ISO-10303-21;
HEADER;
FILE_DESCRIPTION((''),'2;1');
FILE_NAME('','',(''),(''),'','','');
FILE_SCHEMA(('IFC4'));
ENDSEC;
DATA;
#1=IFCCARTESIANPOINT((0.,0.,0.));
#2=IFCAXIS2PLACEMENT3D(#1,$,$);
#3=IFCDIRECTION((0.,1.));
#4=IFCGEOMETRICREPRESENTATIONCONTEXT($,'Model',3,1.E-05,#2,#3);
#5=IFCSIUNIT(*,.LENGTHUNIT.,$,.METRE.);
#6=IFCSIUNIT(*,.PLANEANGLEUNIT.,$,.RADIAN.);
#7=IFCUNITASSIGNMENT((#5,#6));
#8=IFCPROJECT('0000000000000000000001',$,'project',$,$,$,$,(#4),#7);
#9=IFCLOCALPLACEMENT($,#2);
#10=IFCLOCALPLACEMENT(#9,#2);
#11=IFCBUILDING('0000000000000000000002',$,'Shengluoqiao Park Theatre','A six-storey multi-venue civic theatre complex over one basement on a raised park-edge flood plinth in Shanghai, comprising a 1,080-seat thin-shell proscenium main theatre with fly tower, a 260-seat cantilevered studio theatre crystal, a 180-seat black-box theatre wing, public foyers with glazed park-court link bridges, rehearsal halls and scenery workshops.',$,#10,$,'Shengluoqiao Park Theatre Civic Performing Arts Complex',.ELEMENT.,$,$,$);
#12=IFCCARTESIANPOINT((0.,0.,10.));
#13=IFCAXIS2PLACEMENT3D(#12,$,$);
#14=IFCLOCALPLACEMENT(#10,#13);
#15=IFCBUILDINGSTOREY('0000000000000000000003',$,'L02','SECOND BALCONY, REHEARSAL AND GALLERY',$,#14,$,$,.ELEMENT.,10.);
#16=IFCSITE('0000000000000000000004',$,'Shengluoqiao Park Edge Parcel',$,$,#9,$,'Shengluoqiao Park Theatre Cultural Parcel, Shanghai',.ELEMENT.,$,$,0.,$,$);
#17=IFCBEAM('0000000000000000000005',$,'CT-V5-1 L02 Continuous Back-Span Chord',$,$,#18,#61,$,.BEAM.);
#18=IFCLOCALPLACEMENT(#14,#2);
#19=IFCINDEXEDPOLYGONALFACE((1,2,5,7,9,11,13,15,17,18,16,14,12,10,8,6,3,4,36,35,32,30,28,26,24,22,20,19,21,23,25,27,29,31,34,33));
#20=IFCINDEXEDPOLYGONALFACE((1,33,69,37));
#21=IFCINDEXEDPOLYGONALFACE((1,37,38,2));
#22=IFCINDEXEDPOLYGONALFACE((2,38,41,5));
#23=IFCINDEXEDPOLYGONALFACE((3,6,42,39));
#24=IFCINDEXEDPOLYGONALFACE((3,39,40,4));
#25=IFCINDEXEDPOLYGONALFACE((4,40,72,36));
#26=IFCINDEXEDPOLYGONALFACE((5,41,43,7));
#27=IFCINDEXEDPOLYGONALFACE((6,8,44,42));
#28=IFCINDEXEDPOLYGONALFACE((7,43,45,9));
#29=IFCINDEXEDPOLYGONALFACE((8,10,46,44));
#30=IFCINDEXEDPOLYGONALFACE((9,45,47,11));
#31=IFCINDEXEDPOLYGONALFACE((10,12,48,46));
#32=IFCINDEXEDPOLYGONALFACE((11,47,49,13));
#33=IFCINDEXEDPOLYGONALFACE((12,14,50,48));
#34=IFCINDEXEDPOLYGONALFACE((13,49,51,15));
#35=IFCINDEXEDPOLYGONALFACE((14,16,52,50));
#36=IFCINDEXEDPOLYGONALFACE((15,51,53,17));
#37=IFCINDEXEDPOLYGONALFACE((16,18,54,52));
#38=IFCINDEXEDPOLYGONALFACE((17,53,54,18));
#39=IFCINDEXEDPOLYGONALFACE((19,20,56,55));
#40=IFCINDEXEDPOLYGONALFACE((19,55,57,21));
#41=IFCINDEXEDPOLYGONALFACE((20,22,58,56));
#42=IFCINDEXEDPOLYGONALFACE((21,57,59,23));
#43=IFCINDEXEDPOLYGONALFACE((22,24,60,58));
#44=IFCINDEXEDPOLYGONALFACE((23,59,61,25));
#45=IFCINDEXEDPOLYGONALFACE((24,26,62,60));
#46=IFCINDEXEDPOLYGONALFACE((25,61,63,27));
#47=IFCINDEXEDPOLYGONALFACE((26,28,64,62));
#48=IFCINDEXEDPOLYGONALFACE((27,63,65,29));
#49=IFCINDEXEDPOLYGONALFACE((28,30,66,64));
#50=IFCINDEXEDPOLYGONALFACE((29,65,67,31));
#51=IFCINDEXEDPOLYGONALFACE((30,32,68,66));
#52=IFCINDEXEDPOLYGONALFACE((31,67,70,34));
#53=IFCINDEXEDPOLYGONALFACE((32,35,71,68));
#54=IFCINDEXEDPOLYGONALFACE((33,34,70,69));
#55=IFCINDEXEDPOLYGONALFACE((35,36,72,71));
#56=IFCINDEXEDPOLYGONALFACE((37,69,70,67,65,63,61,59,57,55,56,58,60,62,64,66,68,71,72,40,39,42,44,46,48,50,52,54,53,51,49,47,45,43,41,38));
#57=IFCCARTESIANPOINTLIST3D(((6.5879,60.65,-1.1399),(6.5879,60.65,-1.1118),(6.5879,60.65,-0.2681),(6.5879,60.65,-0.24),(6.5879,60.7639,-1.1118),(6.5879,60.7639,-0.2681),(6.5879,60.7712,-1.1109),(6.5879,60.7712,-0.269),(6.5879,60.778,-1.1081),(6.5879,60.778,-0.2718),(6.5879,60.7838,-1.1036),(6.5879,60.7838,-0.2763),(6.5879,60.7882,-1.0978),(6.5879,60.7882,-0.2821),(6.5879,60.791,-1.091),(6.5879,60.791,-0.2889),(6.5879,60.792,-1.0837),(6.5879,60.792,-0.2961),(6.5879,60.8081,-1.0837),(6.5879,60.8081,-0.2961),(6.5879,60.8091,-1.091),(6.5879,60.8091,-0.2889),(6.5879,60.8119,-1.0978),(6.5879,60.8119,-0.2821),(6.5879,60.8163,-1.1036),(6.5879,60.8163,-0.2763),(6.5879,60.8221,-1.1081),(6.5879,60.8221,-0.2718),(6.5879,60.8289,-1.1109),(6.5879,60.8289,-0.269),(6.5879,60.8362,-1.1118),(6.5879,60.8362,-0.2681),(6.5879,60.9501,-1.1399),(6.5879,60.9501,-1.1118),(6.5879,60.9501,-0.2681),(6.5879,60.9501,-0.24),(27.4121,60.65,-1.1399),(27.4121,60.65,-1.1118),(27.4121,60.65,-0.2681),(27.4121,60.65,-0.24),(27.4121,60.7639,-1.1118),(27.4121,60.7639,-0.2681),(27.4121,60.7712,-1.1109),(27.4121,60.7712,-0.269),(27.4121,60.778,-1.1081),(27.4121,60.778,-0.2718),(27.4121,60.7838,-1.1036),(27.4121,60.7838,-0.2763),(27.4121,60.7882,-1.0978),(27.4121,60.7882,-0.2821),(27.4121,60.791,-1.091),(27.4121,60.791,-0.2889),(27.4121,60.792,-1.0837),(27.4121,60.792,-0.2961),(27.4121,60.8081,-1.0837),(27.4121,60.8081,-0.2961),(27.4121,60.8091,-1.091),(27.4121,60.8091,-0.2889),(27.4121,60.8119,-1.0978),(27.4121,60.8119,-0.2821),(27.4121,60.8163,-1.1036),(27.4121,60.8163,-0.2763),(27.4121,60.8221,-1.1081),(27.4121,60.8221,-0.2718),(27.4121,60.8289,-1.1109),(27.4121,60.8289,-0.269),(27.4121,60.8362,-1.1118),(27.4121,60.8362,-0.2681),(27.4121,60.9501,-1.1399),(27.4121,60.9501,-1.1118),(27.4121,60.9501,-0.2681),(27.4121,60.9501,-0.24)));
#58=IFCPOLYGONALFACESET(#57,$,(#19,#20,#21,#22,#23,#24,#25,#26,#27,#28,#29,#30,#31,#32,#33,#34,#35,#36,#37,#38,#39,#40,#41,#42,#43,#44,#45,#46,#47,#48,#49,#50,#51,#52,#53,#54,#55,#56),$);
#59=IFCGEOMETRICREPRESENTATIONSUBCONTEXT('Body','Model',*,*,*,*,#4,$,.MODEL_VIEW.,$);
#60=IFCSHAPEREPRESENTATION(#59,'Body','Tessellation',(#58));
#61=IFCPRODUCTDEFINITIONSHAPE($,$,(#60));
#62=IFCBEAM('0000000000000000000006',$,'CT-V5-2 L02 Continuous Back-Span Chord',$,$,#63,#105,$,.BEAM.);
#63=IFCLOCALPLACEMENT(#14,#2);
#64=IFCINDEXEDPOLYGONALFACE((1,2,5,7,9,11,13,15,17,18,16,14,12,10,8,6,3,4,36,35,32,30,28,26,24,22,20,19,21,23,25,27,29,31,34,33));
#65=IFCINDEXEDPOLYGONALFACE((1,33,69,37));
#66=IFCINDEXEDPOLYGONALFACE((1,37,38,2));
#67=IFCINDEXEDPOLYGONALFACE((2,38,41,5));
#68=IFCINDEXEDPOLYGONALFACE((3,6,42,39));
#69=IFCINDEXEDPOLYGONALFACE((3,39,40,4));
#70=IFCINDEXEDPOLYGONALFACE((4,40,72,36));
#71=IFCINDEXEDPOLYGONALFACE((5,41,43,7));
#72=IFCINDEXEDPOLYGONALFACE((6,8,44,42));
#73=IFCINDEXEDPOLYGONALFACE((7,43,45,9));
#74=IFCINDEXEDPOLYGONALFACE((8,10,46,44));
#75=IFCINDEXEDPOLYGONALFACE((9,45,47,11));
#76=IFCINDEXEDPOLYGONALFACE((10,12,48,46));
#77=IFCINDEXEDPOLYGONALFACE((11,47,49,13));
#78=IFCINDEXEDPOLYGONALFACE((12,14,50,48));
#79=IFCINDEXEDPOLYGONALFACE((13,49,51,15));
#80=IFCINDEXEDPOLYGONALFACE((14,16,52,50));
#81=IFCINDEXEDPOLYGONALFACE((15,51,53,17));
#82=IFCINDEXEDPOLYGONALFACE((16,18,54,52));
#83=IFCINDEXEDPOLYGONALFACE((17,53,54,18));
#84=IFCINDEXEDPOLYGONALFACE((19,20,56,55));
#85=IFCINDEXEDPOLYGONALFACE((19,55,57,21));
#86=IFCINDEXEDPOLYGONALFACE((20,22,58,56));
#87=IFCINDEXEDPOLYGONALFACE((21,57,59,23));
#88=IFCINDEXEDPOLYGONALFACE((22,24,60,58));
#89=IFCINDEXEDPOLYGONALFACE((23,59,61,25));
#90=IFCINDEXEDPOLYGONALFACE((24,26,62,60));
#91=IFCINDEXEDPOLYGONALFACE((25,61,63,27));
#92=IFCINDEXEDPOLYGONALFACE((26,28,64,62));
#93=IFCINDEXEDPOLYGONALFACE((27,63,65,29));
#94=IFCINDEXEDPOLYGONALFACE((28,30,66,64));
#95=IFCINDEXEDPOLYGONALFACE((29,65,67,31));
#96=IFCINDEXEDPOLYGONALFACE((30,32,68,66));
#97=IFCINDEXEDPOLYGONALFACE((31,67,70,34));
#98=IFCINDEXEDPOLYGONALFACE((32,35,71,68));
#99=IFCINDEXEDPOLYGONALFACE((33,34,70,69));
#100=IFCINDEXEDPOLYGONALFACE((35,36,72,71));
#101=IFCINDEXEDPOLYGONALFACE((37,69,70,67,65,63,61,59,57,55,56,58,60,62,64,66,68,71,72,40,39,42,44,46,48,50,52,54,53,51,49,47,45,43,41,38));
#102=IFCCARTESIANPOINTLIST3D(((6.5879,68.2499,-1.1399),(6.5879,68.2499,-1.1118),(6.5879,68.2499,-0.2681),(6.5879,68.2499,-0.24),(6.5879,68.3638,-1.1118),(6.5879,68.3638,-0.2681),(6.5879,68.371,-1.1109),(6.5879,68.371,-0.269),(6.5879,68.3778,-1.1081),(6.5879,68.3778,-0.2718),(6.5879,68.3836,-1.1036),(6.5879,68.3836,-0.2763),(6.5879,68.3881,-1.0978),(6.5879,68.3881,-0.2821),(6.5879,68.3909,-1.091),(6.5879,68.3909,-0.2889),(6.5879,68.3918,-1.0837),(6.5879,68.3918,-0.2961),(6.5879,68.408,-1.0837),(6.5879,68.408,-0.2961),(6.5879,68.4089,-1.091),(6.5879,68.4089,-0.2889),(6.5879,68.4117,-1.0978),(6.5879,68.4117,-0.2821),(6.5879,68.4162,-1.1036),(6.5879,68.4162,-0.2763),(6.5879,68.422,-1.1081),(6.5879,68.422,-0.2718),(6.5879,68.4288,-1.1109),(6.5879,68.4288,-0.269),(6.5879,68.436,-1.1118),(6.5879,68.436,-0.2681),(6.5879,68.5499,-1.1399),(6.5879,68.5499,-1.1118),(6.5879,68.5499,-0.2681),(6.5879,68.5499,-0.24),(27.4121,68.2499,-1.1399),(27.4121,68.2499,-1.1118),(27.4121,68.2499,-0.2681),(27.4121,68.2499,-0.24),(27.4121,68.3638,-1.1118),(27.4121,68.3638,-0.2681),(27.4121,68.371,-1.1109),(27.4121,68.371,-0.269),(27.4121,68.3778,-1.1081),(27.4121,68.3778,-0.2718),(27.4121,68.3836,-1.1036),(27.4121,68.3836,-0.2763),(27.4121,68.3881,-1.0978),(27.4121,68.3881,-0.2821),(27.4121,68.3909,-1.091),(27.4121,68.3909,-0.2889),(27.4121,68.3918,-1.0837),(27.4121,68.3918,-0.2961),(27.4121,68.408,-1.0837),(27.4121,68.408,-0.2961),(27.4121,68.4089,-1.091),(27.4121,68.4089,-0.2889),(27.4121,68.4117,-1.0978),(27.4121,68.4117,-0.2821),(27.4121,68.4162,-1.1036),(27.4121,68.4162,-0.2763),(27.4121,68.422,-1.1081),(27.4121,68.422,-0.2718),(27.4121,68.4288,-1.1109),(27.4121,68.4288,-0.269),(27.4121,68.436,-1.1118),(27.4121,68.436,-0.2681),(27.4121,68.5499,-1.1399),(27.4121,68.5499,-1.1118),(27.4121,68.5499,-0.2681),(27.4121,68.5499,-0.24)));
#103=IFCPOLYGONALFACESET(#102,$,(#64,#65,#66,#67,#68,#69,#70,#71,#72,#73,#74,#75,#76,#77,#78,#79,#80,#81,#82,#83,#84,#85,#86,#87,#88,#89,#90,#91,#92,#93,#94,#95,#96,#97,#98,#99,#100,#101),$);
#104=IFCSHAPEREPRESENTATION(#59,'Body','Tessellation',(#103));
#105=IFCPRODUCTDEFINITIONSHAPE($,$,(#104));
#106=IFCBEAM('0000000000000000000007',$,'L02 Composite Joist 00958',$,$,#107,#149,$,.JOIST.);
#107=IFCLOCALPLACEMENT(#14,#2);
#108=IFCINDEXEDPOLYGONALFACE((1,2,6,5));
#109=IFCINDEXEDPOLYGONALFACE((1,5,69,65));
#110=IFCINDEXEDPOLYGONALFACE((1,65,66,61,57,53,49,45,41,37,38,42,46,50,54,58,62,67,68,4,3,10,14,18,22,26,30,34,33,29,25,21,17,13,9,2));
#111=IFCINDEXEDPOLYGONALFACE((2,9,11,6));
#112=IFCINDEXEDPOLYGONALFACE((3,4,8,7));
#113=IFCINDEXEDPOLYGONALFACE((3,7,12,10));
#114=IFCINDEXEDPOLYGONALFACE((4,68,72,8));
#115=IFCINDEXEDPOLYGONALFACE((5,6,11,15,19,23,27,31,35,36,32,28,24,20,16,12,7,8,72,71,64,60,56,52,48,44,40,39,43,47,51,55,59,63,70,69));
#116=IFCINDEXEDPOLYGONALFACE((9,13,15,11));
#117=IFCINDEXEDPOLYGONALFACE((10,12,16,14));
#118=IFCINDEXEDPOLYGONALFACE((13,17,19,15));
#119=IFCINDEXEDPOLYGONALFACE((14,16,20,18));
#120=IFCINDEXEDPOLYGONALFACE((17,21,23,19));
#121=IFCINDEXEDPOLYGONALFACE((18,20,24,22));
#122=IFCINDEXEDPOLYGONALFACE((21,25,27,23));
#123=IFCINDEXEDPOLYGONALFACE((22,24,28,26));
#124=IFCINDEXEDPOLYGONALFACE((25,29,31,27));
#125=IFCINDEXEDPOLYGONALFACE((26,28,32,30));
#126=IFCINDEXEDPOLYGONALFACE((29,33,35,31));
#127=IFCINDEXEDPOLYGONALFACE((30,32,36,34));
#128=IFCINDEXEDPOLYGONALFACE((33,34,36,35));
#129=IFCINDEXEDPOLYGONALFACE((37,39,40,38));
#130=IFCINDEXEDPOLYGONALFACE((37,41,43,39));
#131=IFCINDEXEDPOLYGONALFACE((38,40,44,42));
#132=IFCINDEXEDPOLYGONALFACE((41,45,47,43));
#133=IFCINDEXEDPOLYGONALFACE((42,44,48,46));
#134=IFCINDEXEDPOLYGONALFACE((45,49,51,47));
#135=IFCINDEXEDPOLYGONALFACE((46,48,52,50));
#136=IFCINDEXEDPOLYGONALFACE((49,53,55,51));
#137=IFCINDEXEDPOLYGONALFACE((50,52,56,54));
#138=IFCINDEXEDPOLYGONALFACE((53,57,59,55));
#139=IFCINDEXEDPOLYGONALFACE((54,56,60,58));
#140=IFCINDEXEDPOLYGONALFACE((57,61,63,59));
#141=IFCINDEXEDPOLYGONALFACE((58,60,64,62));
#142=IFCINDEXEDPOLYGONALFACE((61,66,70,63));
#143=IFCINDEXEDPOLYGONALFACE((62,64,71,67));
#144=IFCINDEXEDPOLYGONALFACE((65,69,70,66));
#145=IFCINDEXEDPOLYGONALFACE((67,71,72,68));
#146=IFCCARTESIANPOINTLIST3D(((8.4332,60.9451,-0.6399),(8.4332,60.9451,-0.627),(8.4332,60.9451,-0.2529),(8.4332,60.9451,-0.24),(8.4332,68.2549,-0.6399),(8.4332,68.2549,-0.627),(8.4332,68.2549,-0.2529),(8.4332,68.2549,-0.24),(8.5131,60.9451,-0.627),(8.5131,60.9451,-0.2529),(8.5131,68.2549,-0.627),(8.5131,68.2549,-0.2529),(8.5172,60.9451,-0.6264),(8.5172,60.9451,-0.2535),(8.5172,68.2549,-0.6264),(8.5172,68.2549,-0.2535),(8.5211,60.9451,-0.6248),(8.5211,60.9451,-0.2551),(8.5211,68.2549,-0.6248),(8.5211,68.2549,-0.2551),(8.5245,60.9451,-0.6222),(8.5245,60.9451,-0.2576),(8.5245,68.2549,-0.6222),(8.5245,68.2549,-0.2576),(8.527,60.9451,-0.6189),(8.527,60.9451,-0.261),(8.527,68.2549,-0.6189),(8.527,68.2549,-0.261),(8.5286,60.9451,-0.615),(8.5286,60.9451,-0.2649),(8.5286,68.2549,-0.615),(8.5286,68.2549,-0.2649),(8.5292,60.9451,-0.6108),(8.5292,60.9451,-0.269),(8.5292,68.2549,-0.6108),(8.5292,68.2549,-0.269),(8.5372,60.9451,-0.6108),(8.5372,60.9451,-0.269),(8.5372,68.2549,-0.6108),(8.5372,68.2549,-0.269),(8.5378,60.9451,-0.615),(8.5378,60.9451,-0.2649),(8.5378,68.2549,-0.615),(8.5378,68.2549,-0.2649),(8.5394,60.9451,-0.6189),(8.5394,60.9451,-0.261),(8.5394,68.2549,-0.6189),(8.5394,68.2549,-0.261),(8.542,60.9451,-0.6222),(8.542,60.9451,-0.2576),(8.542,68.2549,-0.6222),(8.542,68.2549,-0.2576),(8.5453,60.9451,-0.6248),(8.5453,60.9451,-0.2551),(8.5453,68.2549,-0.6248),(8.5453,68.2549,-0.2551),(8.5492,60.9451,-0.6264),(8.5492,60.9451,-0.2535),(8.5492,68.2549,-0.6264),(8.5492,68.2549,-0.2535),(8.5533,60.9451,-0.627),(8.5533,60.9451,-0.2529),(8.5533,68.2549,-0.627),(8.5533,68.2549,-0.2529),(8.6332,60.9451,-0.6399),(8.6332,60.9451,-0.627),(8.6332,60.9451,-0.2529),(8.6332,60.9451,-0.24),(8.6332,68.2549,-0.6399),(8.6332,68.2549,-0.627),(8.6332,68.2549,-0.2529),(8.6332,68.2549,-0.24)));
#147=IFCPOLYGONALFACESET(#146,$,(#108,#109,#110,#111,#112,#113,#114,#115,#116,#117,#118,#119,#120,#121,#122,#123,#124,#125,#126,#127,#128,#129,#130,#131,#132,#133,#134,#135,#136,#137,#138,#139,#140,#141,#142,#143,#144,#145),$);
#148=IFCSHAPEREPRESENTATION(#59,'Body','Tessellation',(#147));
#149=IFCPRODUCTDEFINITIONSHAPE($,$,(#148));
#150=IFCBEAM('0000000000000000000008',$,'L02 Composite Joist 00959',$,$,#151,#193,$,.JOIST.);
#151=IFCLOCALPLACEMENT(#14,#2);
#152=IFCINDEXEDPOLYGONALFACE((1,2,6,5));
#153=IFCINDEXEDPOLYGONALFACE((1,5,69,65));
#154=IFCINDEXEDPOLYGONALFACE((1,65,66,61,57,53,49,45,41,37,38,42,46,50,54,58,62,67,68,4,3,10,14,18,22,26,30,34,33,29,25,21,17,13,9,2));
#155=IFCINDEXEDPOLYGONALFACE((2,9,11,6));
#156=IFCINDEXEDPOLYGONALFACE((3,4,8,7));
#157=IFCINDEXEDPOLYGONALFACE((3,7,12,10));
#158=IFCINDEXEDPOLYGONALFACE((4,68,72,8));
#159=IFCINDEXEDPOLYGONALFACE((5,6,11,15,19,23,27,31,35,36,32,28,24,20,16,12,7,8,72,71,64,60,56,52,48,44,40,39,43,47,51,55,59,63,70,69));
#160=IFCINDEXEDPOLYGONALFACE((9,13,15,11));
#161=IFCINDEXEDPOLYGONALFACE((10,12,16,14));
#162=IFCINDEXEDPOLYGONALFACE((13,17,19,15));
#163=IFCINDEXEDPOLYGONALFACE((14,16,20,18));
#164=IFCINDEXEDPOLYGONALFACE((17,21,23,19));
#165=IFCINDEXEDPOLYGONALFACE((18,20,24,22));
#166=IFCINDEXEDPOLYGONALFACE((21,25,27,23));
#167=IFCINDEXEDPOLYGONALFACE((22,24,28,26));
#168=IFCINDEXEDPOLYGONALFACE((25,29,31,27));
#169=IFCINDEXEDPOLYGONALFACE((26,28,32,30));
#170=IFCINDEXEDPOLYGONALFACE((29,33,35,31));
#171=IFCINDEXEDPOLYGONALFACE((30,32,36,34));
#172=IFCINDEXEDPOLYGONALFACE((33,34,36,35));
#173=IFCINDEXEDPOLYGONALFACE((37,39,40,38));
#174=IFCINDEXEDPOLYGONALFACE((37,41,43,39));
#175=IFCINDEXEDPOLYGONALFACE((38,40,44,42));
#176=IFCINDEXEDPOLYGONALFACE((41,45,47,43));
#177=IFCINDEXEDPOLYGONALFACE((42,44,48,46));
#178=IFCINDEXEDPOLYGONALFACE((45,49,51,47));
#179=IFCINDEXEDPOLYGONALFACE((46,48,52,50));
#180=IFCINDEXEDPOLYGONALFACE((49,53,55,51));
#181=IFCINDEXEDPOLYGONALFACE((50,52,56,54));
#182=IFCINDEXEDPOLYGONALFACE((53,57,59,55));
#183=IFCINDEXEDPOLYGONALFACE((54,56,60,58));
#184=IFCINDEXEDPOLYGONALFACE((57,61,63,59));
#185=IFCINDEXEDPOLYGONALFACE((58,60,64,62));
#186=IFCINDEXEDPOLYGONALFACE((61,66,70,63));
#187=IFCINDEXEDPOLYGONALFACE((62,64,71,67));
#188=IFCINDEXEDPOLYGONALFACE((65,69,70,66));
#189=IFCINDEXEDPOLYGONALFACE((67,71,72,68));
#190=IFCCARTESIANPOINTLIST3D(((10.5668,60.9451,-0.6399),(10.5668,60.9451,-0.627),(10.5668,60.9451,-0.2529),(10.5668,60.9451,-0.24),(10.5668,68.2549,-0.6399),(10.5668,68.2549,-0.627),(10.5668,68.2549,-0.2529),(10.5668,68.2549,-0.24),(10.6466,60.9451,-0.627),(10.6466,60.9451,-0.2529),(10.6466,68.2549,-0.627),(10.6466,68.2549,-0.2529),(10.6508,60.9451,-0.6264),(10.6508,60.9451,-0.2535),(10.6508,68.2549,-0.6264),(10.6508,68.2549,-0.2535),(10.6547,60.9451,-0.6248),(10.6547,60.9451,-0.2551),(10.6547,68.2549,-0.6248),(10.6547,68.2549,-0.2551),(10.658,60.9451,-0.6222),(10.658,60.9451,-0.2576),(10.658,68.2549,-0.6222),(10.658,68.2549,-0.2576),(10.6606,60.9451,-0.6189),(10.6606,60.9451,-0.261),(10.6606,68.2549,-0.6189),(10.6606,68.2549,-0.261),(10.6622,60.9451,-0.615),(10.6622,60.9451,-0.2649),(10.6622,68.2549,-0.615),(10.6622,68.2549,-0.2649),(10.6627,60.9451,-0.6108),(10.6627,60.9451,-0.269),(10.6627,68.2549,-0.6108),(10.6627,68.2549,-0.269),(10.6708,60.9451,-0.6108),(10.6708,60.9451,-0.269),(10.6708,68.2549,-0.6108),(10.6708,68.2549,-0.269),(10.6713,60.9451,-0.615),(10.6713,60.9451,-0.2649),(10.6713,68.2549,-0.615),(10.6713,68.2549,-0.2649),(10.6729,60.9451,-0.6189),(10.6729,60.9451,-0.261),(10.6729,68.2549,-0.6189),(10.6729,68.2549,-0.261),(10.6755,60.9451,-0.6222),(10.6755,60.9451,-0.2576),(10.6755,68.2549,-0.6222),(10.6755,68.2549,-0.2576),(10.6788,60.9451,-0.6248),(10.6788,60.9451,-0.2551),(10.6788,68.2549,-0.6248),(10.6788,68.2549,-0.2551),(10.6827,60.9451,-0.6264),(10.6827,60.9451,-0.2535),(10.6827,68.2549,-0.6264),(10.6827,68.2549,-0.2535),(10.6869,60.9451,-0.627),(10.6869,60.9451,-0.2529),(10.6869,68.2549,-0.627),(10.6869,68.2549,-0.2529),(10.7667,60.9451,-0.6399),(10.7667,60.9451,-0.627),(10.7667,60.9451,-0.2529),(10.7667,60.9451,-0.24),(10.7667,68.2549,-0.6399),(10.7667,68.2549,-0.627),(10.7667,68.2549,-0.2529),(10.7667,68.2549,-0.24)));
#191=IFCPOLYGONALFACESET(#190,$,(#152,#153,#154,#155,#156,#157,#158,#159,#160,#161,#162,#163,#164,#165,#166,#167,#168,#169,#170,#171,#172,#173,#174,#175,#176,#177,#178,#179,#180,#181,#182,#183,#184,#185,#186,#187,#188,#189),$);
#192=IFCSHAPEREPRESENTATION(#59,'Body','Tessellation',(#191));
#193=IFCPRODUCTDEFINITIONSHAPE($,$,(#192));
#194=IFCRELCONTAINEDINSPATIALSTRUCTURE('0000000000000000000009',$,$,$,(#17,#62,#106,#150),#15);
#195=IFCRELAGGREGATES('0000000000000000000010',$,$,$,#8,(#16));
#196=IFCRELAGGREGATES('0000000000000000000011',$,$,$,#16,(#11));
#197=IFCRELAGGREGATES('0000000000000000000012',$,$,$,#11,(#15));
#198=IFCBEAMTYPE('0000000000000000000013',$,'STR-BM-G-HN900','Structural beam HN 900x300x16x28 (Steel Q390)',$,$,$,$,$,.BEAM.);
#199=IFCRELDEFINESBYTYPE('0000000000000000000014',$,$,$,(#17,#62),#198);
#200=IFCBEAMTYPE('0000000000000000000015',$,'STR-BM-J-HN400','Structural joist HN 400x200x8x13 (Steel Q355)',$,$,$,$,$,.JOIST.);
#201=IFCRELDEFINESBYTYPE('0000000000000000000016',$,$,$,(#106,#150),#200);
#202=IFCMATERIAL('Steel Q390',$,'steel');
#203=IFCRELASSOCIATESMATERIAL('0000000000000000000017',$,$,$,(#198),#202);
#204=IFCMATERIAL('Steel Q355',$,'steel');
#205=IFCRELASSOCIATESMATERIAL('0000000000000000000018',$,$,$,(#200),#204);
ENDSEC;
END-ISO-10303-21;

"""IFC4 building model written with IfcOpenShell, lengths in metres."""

from ifc_helpers import new_model, si_unit, direction, frame, origin, origin_2d, place, context, subcontext, project, spatial, i_section, extrude, material, material_profile, profile_set, type_object, element, save


model = new_model("IFC4")

# Units and contexts
model_context = context("Model", 3, precision=1e-05, world=origin(), true_north=direction((0.0, 1.0)))
body_context = subcontext(model_context, "Body", "Model", "MODEL_VIEW")
ifc_project = project(units=[si_unit("LENGTHUNIT", "METRE"), si_unit("PLANEANGLEUNIT", "RADIAN")], contexts=[model_context])

# Site, building, storey
site_placement = place(None, origin())
site = spatial("IfcSite", under=ifc_project, at=site_placement, Name="Shengluoqiao Park Edge Parcel", LongName="Shengluoqiao Park Theatre Cultural Parcel, Shanghai", CompositionType="ELEMENT", RefElevation=0.0)
building_placement = place(site_placement, origin())
building = spatial("IfcBuilding", under=site, at=building_placement, Name="Shengluoqiao Park Theatre", Description="A six-storey multi-venue civic theatre complex over one basement on a raised park-edge flood plinth in Shanghai, comprising a 1,080-seat thin-shell proscenium main theatre with fly tower, a 260-seat cantilevered studio theatre crystal, a 180-seat black-box theatre wing, public foyers with glazed park-court link bridges, rehearsal halls and scenery workshops.", LongName="Shengluoqiao Park Theatre Civic Performing Arts Complex", CompositionType="ELEMENT")
storey_placement = place(building_placement, frame((0.0, 0.0, 10.0)))
storey = spatial("IfcBuildingStorey", under=building, at=storey_placement, Name="L02", Description="SECOND BALCONY, REHEARSAL AND GALLERY", CompositionType="ELEMENT", Elevation=10.0)

# Beams
ifc_material_1 = material(Name="Steel Q355", Category="steel")
ifc_material_2 = material(Name="Steel Q390", Category="steel")
ifc_material_profile_1 = material_profile(ifc_material_2, i_section(OverallWidth=0.3, OverallDepth=0.8999, WebThickness=0.0161, FlangeThickness=0.0281, FilletRadius=0.0281, at=origin_2d()), Name="HN 900x300x16x28")
ifc_profile_set_1 = profile_set([ifc_material_profile_1], Name="Steel Q390")
beam_type_1 = type_object("IfcBeamType", Name="STR-BM-G-HN900", Description="Structural beam HN 900x300x16x28 (Steel Q390)", PredefinedType="BEAM", material=ifc_profile_set_1)
for number, where, z_axis, x_axis, name in (
    (1, (6.5879, 60.8, -0.6899), (1.0, 0.0, 0.0), (0.0, 1.0, 0.0), "CT-V5-1 L02 Continuous Back-Span Chord"),
    (2, (6.5879, 68.3999, -0.6899), (1.0, 0.0, 0.0), (0.0, 1.0, 0.0), "CT-V5-2 L02 Continuous Back-Span Chord"),
):
    element("IfcBeam", number, at=place(storey_placement, frame(where, z_axis=z_axis, x_axis=x_axis)), inside=storey, type_object=beam_type_1, Name=name, PredefinedType="BEAM", context=body_context, shape_type="SweptSolid", body=[
        extrude(i_section(OverallWidth=0.3, OverallDepth=0.8999, WebThickness=0.0161, FlangeThickness=0.0281, FilletRadius=0.0281, at=origin_2d()), origin(), (0.0, 0.0, 1.0), 20.8242),
    ])
ifc_material_profile_2 = material_profile(ifc_material_1, i_section(OverallWidth=0.2, OverallDepth=0.3999, WebThickness=0.0081, FlangeThickness=0.0129, FilletRadius=0.0161, at=origin_2d()), Name="HN 400x200x8x13")
ifc_profile_set_2 = profile_set([ifc_material_profile_2], Name="Steel Q355")
beam_type_2 = type_object("IfcBeamType", Name="STR-BM-J-HN400", Description="Structural joist HN 400x200x8x13 (Steel Q355)", PredefinedType="JOIST", material=ifc_profile_set_2)
for number, where, z_axis, x_axis, name in (
    (3, (8.5332, 60.9451, -0.4399), (0.0, 1.0, 0.0), (-1.0, 0.0, 0.0), "L02 Composite Joist 00958"),
    (4, (10.6667, 60.9451, -0.4399), (0.0, 1.0, 0.0), (-1.0, 0.0, 0.0), "L02 Composite Joist 00959"),
):
    element("IfcBeam", number, at=place(storey_placement, frame(where, z_axis=z_axis, x_axis=x_axis)), inside=storey, type_object=beam_type_2, Name=name, PredefinedType="JOIST", context=body_context, shape_type="SweptSolid", body=[
        extrude(i_section(OverallWidth=0.2, OverallDepth=0.3999, WebThickness=0.0081, FlangeThickness=0.0129, FilletRadius=0.0161, at=origin_2d()), origin(), (0.0, 0.0, 1.0), 7.3098),
    ])

save(model, "model.ifc")
